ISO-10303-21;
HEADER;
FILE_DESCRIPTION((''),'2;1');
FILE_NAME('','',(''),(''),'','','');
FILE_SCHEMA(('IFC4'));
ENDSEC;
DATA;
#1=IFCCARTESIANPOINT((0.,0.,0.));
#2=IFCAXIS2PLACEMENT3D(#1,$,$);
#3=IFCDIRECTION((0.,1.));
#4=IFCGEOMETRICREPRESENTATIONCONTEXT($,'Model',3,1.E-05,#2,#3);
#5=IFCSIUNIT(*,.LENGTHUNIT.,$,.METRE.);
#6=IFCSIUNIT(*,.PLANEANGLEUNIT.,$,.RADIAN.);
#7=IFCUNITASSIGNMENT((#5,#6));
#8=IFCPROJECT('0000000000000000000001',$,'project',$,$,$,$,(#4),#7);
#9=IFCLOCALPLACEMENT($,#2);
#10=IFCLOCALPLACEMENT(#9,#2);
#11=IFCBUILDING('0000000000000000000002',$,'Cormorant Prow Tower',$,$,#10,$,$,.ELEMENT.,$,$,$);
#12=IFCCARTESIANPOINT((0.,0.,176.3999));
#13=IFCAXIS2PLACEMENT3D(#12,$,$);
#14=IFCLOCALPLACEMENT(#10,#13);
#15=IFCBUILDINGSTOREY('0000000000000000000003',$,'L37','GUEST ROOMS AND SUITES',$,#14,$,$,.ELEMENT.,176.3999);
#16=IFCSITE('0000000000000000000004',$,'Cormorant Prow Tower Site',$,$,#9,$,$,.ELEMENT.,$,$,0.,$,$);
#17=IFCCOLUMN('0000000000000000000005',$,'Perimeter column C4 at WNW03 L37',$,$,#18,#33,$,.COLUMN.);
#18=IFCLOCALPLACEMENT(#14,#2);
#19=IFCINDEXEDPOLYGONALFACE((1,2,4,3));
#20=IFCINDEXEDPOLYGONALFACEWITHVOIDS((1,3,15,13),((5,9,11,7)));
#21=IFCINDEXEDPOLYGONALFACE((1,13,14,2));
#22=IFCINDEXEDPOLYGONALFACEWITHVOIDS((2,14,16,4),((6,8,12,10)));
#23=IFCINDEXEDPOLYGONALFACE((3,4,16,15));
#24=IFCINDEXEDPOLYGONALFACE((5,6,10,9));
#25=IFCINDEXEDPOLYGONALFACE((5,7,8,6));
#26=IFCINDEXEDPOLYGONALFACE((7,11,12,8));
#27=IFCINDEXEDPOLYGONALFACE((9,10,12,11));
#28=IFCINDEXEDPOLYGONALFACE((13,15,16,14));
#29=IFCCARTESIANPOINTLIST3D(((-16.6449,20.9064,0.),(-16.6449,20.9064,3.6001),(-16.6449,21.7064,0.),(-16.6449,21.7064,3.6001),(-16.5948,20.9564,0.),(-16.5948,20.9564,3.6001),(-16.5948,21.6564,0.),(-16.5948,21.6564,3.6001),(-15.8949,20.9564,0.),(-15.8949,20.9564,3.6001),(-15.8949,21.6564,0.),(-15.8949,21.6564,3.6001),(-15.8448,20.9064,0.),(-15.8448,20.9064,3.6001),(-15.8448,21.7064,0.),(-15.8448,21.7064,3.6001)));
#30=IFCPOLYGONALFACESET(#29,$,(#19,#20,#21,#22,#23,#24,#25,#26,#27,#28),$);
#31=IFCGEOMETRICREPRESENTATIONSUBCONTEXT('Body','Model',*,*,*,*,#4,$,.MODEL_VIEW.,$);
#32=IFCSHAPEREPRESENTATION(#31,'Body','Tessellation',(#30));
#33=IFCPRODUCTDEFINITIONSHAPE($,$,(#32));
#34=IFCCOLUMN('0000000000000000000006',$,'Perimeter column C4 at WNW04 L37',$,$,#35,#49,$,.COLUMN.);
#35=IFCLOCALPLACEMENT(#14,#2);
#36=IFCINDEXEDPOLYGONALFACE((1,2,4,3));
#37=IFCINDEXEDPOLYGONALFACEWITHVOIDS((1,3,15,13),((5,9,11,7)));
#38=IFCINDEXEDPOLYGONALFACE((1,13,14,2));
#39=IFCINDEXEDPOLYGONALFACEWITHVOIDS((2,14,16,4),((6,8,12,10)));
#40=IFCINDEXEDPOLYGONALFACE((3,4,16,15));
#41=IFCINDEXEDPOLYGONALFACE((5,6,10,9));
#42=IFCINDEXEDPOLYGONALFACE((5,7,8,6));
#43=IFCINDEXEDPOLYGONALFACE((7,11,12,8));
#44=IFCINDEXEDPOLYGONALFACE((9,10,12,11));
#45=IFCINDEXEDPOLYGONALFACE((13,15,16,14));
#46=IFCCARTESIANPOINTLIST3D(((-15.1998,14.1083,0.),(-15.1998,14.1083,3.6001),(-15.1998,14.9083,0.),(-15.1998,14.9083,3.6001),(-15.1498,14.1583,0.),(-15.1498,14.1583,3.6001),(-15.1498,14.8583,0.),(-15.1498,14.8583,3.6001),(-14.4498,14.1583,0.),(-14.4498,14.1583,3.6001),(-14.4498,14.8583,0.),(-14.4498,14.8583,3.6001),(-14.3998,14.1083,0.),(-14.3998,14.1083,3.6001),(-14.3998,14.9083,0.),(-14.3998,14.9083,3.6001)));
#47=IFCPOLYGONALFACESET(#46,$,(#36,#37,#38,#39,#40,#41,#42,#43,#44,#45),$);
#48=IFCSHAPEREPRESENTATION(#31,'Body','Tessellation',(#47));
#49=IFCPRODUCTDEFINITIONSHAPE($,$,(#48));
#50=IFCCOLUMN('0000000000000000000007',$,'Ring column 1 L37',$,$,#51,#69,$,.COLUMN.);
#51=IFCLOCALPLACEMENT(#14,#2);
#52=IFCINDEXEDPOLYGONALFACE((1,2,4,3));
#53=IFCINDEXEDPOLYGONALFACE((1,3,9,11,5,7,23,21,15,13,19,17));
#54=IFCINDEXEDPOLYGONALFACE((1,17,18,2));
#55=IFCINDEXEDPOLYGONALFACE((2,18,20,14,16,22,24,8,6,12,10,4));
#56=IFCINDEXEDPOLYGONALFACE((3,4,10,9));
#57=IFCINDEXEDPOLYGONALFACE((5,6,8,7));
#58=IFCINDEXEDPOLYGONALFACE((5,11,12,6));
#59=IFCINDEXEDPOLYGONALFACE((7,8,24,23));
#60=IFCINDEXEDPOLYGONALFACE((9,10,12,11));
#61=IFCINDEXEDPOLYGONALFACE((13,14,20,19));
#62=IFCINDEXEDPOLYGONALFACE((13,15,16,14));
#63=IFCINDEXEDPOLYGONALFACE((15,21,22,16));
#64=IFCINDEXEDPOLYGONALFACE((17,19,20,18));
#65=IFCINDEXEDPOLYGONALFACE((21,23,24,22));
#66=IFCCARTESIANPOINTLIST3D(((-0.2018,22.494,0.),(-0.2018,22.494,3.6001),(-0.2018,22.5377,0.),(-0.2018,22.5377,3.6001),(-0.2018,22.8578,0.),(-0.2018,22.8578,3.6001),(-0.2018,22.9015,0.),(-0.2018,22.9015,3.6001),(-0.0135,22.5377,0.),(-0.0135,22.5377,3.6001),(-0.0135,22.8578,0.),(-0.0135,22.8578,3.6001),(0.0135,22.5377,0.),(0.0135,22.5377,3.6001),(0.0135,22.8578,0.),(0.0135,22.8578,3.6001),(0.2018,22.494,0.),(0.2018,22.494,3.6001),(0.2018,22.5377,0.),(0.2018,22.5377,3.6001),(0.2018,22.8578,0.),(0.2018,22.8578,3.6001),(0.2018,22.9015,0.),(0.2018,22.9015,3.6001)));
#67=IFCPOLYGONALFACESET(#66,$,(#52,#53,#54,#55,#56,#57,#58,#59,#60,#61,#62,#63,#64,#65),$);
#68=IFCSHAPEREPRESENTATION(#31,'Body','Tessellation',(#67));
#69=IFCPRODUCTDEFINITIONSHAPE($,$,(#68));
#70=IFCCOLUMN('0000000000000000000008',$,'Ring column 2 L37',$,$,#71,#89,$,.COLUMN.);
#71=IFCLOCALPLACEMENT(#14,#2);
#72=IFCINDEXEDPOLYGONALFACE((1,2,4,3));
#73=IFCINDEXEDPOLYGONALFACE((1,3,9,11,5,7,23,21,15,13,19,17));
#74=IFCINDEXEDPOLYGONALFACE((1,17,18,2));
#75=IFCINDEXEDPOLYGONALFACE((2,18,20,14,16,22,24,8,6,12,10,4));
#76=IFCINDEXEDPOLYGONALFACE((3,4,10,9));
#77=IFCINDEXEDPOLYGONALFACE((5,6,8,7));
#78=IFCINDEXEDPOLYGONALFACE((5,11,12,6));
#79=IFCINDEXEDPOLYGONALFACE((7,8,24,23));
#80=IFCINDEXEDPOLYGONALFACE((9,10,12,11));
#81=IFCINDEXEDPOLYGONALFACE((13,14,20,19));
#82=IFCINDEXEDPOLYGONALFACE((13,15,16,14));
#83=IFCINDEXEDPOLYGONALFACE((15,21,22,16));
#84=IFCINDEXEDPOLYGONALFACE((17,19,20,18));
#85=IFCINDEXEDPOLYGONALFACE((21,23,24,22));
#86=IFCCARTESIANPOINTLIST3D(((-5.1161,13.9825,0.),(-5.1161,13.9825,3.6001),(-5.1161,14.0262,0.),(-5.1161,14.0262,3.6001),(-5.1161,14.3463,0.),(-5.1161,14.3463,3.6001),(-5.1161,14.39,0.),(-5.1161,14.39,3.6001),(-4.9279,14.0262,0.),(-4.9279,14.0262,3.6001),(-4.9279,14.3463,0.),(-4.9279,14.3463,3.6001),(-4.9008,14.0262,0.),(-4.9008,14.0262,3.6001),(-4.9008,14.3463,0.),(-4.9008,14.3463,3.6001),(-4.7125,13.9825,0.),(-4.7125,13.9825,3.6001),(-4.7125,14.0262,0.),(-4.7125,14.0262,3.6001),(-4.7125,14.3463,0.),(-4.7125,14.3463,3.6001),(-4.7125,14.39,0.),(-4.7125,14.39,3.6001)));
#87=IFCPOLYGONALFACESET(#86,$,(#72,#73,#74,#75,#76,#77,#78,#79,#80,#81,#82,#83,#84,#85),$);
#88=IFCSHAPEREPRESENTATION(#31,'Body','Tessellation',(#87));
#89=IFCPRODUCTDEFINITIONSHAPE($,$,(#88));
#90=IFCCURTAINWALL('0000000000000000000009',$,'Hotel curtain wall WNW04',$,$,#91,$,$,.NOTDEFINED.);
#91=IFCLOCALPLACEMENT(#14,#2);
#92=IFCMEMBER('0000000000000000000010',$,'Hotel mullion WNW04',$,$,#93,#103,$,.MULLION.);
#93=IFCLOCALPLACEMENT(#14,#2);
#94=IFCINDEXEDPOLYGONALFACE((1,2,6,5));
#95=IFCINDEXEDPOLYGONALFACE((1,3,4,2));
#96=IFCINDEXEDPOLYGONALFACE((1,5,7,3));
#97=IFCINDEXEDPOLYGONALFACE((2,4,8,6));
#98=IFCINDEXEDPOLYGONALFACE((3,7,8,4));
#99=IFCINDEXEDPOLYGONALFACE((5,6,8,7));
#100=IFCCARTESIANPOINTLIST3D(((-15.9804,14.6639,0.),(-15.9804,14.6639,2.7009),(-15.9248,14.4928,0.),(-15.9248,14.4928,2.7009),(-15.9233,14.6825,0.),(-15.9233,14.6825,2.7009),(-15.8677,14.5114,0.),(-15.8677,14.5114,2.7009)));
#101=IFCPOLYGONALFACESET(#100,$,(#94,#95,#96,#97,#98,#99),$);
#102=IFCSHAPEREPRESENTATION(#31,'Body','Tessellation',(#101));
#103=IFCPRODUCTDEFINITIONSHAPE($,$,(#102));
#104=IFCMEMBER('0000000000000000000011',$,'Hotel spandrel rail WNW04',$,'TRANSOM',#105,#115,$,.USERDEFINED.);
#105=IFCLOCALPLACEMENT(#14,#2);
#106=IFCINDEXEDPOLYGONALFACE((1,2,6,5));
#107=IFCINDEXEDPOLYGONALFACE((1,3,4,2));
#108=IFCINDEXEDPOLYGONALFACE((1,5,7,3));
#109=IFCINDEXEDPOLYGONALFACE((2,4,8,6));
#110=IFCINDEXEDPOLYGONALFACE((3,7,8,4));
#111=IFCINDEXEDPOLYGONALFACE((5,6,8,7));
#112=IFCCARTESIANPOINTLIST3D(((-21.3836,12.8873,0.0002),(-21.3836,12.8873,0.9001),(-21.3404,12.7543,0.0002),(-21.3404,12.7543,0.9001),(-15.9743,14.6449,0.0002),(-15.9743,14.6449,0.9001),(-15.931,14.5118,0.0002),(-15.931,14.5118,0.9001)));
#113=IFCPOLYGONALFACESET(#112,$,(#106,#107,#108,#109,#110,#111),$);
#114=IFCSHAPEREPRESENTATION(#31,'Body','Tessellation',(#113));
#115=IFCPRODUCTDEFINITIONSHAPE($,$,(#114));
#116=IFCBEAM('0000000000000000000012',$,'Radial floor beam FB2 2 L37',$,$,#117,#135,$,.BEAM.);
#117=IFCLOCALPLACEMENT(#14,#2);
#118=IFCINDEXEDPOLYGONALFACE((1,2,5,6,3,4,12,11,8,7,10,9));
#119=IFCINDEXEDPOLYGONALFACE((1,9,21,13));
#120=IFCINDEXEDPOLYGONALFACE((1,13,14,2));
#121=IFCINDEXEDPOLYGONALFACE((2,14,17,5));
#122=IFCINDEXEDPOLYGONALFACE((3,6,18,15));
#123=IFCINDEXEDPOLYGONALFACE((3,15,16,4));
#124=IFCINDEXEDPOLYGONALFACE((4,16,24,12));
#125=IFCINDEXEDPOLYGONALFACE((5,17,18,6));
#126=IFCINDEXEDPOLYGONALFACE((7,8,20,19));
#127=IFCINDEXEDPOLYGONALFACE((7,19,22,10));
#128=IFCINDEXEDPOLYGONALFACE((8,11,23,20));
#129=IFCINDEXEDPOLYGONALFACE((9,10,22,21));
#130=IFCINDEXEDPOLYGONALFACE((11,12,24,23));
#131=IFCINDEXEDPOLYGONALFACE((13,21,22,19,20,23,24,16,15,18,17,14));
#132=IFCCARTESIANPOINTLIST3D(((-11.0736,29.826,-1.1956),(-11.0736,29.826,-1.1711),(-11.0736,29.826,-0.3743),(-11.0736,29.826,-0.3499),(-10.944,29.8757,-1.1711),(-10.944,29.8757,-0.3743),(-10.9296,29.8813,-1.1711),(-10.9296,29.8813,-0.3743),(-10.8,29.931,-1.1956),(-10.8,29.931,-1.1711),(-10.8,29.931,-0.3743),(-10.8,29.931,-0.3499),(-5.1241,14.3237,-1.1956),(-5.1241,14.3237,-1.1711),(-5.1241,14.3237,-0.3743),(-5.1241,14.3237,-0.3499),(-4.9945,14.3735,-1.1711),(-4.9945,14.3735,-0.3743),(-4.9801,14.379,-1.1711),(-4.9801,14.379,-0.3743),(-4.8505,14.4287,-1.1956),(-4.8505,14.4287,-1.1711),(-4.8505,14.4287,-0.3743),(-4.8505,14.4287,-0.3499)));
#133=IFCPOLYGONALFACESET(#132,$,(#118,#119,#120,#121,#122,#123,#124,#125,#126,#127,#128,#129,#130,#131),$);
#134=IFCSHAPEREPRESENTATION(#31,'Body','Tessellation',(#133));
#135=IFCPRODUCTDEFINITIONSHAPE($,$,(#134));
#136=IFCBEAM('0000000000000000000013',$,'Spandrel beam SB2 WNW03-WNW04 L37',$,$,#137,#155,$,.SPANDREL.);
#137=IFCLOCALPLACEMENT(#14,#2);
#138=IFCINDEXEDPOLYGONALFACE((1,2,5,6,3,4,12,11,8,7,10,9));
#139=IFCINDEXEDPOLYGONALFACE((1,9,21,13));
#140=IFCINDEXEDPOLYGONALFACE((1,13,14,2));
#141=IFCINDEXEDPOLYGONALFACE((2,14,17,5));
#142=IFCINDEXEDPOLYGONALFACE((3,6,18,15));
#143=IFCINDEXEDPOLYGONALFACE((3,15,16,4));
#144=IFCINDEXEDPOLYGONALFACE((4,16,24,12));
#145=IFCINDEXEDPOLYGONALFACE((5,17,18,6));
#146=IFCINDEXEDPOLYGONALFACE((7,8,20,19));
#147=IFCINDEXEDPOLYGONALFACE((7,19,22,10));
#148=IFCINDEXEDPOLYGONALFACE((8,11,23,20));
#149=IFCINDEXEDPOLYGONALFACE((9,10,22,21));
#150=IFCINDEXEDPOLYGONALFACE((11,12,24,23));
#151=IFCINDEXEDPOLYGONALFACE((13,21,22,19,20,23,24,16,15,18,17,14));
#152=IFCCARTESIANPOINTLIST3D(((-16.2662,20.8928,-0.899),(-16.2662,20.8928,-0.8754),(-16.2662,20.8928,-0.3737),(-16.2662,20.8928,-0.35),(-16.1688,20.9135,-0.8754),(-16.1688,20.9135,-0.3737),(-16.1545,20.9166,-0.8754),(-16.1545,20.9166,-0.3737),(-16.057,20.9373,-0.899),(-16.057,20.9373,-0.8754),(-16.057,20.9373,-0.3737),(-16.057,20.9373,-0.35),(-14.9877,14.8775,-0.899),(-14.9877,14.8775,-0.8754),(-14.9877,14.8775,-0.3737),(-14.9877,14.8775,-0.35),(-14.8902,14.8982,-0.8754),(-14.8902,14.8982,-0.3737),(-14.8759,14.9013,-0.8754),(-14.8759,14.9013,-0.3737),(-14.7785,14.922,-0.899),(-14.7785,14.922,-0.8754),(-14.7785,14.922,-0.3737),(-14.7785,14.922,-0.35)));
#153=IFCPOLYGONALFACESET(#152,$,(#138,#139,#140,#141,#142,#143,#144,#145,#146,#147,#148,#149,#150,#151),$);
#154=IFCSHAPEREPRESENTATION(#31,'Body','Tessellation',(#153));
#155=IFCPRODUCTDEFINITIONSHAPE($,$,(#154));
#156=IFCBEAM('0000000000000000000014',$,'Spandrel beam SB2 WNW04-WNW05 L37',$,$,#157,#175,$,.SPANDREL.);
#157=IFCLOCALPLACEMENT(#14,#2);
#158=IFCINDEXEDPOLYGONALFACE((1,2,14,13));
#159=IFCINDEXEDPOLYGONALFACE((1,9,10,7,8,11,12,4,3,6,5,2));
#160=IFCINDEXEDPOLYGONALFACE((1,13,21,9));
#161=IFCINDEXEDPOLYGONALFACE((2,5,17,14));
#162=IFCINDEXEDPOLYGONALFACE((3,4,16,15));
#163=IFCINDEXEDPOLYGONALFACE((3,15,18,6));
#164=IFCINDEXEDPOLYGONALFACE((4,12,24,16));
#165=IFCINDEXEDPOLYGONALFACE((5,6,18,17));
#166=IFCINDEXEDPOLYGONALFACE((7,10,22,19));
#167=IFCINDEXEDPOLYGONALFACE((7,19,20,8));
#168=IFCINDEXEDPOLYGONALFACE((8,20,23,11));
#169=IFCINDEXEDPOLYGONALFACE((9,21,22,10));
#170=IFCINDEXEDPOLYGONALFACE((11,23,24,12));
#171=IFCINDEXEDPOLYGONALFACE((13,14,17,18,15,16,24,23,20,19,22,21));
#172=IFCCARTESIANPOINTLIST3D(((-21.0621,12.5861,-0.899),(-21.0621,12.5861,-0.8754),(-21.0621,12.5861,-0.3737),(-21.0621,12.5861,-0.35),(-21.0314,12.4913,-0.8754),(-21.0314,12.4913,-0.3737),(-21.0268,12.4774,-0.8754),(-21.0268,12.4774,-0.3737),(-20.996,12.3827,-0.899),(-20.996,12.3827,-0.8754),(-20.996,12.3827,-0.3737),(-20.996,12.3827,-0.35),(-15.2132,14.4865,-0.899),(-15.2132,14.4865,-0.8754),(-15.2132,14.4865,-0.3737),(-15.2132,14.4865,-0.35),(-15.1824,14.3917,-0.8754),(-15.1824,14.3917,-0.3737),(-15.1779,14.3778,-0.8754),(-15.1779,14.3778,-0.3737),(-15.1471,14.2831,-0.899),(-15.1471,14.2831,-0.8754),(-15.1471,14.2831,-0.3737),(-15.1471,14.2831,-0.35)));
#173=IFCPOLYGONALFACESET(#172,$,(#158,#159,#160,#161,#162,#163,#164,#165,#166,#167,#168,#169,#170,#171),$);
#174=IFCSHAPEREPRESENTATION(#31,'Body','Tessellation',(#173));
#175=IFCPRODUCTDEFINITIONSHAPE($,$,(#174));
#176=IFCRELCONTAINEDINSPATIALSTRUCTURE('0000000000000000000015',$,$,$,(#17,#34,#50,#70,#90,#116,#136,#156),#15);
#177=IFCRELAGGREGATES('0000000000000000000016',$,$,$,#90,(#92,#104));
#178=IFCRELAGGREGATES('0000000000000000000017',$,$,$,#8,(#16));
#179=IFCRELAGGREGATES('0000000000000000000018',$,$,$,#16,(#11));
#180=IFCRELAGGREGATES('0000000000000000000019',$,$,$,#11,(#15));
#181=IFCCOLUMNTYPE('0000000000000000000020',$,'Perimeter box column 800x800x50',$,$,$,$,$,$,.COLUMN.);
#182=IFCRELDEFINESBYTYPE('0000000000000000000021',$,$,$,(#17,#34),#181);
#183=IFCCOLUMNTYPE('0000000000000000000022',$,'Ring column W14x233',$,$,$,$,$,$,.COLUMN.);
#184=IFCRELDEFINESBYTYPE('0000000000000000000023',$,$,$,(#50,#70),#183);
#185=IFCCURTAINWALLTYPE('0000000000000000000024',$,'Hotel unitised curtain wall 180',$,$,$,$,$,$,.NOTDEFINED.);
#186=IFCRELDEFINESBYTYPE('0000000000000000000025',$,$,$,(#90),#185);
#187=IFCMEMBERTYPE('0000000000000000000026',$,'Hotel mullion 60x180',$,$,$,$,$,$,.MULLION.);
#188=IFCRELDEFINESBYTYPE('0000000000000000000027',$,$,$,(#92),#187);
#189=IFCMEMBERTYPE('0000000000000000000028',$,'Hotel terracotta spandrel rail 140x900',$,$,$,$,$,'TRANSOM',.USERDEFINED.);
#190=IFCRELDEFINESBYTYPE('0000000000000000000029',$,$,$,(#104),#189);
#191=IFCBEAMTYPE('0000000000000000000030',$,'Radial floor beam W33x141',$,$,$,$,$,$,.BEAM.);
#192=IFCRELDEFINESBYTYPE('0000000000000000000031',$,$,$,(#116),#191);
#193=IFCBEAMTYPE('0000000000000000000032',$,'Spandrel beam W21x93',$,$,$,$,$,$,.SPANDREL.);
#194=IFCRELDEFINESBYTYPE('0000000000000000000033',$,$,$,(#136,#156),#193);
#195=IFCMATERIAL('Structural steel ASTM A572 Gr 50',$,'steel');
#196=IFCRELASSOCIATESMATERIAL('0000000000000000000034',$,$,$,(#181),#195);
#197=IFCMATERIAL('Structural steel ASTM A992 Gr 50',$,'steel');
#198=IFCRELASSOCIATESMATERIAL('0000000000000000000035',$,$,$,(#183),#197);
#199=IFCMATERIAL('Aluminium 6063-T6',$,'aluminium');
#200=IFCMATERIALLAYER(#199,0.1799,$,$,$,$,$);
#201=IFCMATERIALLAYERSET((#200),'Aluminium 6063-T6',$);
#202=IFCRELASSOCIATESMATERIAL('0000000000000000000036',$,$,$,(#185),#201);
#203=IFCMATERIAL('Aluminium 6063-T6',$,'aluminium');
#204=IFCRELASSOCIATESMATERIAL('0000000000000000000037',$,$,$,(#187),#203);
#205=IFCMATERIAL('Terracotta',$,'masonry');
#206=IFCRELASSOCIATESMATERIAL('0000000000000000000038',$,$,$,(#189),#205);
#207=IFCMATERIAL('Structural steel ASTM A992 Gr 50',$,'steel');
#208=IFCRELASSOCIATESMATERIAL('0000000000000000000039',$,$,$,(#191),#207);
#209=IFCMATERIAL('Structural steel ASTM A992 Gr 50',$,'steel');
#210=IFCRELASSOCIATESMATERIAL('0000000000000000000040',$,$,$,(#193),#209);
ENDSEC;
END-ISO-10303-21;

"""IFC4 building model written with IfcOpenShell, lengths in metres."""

from ifc_helpers import new_model, si_unit, direction, frame, origin, origin_2d, place, context, subcontext, project, spatial, rectangle, hollow_rectangle, i_section, extrude, material, layer, layer_set, material_profile, profile_set, type_object, element, aggregate, save


model = new_model("IFC4")

# Units and contexts
model_context = context("Model", 3, precision=1e-05, world=origin(), true_north=direction((0.0, 1.0)))
body_context = subcontext(model_context, "Body", "Model", "MODEL_VIEW")
ifc_project = project(units=[si_unit("LENGTHUNIT", "METRE"), si_unit("PLANEANGLEUNIT", "RADIAN")], contexts=[model_context])

# Site, building, storey
site_placement = place(None, origin())
site = spatial("IfcSite", under=ifc_project, at=site_placement, Name="Cormorant Prow Tower Site", CompositionType="ELEMENT", RefElevation=0.0)
building_placement = place(site_placement, origin())
building = spatial("IfcBuilding", under=site, at=building_placement, Name="Cormorant Prow Tower", CompositionType="ELEMENT")
storey_placement = place(building_placement, frame((0.0, 0.0, 176.3999)))
storey = spatial("IfcBuildingStorey", under=building, at=storey_placement, Name="L37", Description="GUEST ROOMS AND SUITES", CompositionType="ELEMENT", Elevation=176.3999)

# Columns
ifc_material_1 = material(Name="Structural steel ASTM A572 Gr 50", Category="steel")
ifc_material_profile_1 = material_profile(ifc_material_1, hollow_rectangle(XDim=0.8, YDim=0.8, WallThickness=0.05, at=origin_2d()), Name="Box 800x800x50")
ifc_profile_set_1 = profile_set([ifc_material_profile_1], Name="Structural steel ASTM A572 Gr 50")
column_type_1 = type_object("IfcColumnType", Name="Perimeter box column 800x800x50", PredefinedType="COLUMN", material=ifc_profile_set_1)
for number, where, z_axis, x_axis, name in (
    (1, (-16.2449, 21.3064, 0.0), (0.0, 0.0, 1.0), (1.0, 0.0, 0.0), "Perimeter column C4 at WNW03 L37"),
    (2, (-14.7998, 14.5083, 0.0), (0.0, 0.0, 1.0), (1.0, 0.0, 0.0), "Perimeter column C4 at WNW04 L37"),
):
    element("IfcColumn", number, at=place(storey_placement, frame(where, z_axis=z_axis, x_axis=x_axis)), inside=storey, type_object=column_type_1, Name=name, PredefinedType="COLUMN", context=body_context, shape_type="SweptSolid", body=[
        extrude(hollow_rectangle(XDim=0.8, YDim=0.8, WallThickness=0.05, at=origin_2d()), origin(), (0.0, 0.0, 1.0), 3.6001),
    ])
ifc_material_2 = material(Name="Structural steel ASTM A992 Gr 50", Category="steel")
ifc_material_profile_2 = material_profile(ifc_material_2, i_section(OverallWidth=0.4036, OverallDepth=0.4075, WebThickness=0.0271, FlangeThickness=0.0437, at=origin_2d()), Name="W14x233")
ifc_profile_set_2 = profile_set([ifc_material_profile_2], Name="Structural steel ASTM A992 Gr 50")
column_type_2 = type_object("IfcColumnType", Name="Ring column W14x233", PredefinedType="COLUMN", material=ifc_profile_set_2)
for number, where, z_axis, x_axis, name in (
    (3, (0.0, 22.6978, 0.0), (0.0, 0.0, 1.0), (1.0, 0.0, 0.0), "Ring column 1 L37"),
    (4, (-4.9143, 14.1863, 0.0), (0.0, 0.0, 1.0), (1.0, 0.0, 0.0), "Ring column 2 L37"),
):
    element("IfcColumn", number, at=place(storey_placement, frame(where, z_axis=z_axis, x_axis=x_axis)), inside=storey, type_object=column_type_2, Name=name, PredefinedType="COLUMN", context=body_context, shape_type="SweptSolid", body=[
        extrude(i_section(OverallWidth=0.4036, OverallDepth=0.4075, WebThickness=0.0271, FlangeThickness=0.0437, at=origin_2d()), origin(), (0.0, 0.0, 1.0), 3.6001),
    ])

# Curtain wall, members
ifc_material_3 = material(Name="Aluminium 6063-T6", Category="aluminium")
ifc_layer_1 = layer(ifc_material_3, 0.1799)
ifc_layer_set_1 = layer_set([ifc_layer_1], Name="Aluminium 6063-T6")
curtain_wall_type = type_object("IfcCurtainWallType", Name="Hotel unitised curtain wall 180", PredefinedType="NOTDEFINED", material=ifc_layer_set_1)
curtain_wall_1_placement = place(storey_placement, origin())
curtain_wall_1 = element("IfcCurtainWall", 5, at=curtain_wall_1_placement, inside=storey, type_object=curtain_wall_type, Name="Hotel curtain wall WNW04", PredefinedType="NOTDEFINED")
ifc_material_4 = material(Name="Aluminium 6063-T6", Category="aluminium")
ifc_material_profile_3 = material_profile(ifc_material_4, rectangle(XDim=0.1799, YDim=0.0601, at=origin_2d()), Name="Hotel mullion 60x180")
ifc_profile_set_3 = profile_set([ifc_material_profile_3], Name="Aluminium 6063-T6")
member_type_1 = type_object("IfcMemberType", Name="Hotel mullion 60x180", PredefinedType="MULLION", material=ifc_profile_set_3)
member_1_placement = place(storey_placement, frame((-15.9241, 14.5876, 0.0), z_axis=(0.0, 0.0, 1.0), x_axis=(0.309017, -0.951057, 0.0)))
member_1 = element("IfcMember", 6, at=member_1_placement, type_object=member_type_1, Name="Hotel mullion WNW04", PredefinedType="MULLION", context=body_context, shape_type="SweptSolid", body=[
    extrude(rectangle(XDim=0.1799, YDim=0.0601, at=origin_2d()), origin(), (0.0, 0.0, 1.0), 2.7009),
])
ifc_material_5 = material(Name="Terracotta", Category="masonry")
ifc_material_profile_4 = material_profile(ifc_material_5, rectangle(XDim=0.1399, YDim=0.8999, at=origin_2d()), Name="Hotel terracotta spandrel rail 140x900")
ifc_profile_set_4 = profile_set([ifc_material_profile_4], Name="Terracotta")
member_type_2 = type_object("IfcMemberType", Name="Hotel terracotta spandrel rail 140x900", ElementType="TRANSOM", PredefinedType="USERDEFINED", material=ifc_profile_set_4)
member_2_placement = place(storey_placement, frame((-15.9526, 14.5784, 0.4502), z_axis=(-0.95106, -0.309007, 0.0), x_axis=(0.309007, -0.95106, 0.0)))
member_2 = element("IfcMember", 7, at=member_2_placement, type_object=member_type_2, Name="Hotel spandrel rail WNW04", ObjectType="TRANSOM", PredefinedType="USERDEFINED", context=body_context, shape_type="SweptSolid", body=[
    extrude(rectangle(XDim=0.1399, YDim=0.8999, at=origin_2d()), origin(), (0.0, 0.0, 1.0), 5.6877),
])
aggregate(curtain_wall_1, [member_1, member_2])

# Beams
ifc_material_6 = material(Name="Structural steel ASTM A992 Gr 50", Category="steel")
ifc_material_profile_5 = material_profile(ifc_material_6, i_section(OverallWidth=0.293, OverallDepth=0.8457, WebThickness=0.0154, FlangeThickness=0.0244, at=origin_2d()), Name="W33x141")
ifc_profile_set_5 = profile_set([ifc_material_profile_5], Name="Structural steel ASTM A992 Gr 50")
beam_type_1 = type_object("IfcBeamType", Name="Radial floor beam W33x141", PredefinedType="BEAM", material=ifc_profile_set_5)
beam_1_placement = place(storey_placement, frame((-4.9873, 14.3762, -0.7727), z_axis=(-0.358301, 0.933606, 0.0), x_axis=(-0.933606, -0.358301, 0.0)))
element("IfcBeam", 8, at=beam_1_placement, inside=storey, type_object=beam_type_1, Name="Radial floor beam FB2 2 L37", PredefinedType="BEAM", context=body_context, shape_type="SweptSolid", body=[
    extrude(i_section(OverallWidth=0.293, OverallDepth=0.8457, WebThickness=0.0154, FlangeThickness=0.0244, at=origin_2d()), origin(), (0.0, 0.0, 1.0), 16.6047),
])
ifc_material_7 = material(Name="Structural steel ASTM A992 Gr 50", Category="steel")
ifc_material_profile_6 = material_profile(ifc_material_7, i_section(OverallWidth=0.2139, OverallDepth=0.5491, WebThickness=0.0146, FlangeThickness=0.0237, at=origin_2d()), Name="W21x93")
ifc_profile_set_6 = profile_set([ifc_material_profile_6], Name="Structural steel ASTM A992 Gr 50")
beam_type_2 = type_object("IfcBeamType", Name="Spandrel beam W21x93", PredefinedType="SPANDREL", material=ifc_profile_set_6)
beam_2_placement = place(storey_placement, frame((-16.1616, 20.915, -0.6245), z_axis=(0.207905, -0.978149, 0.0), x_axis=(0.978149, 0.207905, 0.0)))
element("IfcBeam", 9, at=beam_2_placement, inside=storey, type_object=beam_type_2, Name="Spandrel beam SB2 WNW03-WNW04 L37", PredefinedType="SPANDREL", context=body_context, shape_type="SweptSolid", body=[
    extrude(i_section(OverallWidth=0.2139, OverallDepth=0.5491, WebThickness=0.0146, FlangeThickness=0.0237, at=origin_2d()), origin(), (0.0, 0.0, 1.0), 6.1497),
])
beam_3_placement = place(storey_placement, frame((-15.1802, 14.3848, -0.6245), z_axis=(-0.951058, -0.309013, 0.0), x_axis=(0.309013, -0.951058, 0.0)))
element("IfcBeam", 10, at=beam_3_placement, inside=storey, type_object=beam_type_2, Name="Spandrel beam SB2 WNW04-WNW05 L37", PredefinedType="SPANDREL", context=body_context, shape_type="SweptSolid", body=[
    extrude(i_section(OverallWidth=0.2139, OverallDepth=0.5491, WebThickness=0.0146, FlangeThickness=0.0237, at=origin_2d()), origin(), (0.0, 0.0, 1.0), 6.1499),
])

save(model, "model.ifc")
